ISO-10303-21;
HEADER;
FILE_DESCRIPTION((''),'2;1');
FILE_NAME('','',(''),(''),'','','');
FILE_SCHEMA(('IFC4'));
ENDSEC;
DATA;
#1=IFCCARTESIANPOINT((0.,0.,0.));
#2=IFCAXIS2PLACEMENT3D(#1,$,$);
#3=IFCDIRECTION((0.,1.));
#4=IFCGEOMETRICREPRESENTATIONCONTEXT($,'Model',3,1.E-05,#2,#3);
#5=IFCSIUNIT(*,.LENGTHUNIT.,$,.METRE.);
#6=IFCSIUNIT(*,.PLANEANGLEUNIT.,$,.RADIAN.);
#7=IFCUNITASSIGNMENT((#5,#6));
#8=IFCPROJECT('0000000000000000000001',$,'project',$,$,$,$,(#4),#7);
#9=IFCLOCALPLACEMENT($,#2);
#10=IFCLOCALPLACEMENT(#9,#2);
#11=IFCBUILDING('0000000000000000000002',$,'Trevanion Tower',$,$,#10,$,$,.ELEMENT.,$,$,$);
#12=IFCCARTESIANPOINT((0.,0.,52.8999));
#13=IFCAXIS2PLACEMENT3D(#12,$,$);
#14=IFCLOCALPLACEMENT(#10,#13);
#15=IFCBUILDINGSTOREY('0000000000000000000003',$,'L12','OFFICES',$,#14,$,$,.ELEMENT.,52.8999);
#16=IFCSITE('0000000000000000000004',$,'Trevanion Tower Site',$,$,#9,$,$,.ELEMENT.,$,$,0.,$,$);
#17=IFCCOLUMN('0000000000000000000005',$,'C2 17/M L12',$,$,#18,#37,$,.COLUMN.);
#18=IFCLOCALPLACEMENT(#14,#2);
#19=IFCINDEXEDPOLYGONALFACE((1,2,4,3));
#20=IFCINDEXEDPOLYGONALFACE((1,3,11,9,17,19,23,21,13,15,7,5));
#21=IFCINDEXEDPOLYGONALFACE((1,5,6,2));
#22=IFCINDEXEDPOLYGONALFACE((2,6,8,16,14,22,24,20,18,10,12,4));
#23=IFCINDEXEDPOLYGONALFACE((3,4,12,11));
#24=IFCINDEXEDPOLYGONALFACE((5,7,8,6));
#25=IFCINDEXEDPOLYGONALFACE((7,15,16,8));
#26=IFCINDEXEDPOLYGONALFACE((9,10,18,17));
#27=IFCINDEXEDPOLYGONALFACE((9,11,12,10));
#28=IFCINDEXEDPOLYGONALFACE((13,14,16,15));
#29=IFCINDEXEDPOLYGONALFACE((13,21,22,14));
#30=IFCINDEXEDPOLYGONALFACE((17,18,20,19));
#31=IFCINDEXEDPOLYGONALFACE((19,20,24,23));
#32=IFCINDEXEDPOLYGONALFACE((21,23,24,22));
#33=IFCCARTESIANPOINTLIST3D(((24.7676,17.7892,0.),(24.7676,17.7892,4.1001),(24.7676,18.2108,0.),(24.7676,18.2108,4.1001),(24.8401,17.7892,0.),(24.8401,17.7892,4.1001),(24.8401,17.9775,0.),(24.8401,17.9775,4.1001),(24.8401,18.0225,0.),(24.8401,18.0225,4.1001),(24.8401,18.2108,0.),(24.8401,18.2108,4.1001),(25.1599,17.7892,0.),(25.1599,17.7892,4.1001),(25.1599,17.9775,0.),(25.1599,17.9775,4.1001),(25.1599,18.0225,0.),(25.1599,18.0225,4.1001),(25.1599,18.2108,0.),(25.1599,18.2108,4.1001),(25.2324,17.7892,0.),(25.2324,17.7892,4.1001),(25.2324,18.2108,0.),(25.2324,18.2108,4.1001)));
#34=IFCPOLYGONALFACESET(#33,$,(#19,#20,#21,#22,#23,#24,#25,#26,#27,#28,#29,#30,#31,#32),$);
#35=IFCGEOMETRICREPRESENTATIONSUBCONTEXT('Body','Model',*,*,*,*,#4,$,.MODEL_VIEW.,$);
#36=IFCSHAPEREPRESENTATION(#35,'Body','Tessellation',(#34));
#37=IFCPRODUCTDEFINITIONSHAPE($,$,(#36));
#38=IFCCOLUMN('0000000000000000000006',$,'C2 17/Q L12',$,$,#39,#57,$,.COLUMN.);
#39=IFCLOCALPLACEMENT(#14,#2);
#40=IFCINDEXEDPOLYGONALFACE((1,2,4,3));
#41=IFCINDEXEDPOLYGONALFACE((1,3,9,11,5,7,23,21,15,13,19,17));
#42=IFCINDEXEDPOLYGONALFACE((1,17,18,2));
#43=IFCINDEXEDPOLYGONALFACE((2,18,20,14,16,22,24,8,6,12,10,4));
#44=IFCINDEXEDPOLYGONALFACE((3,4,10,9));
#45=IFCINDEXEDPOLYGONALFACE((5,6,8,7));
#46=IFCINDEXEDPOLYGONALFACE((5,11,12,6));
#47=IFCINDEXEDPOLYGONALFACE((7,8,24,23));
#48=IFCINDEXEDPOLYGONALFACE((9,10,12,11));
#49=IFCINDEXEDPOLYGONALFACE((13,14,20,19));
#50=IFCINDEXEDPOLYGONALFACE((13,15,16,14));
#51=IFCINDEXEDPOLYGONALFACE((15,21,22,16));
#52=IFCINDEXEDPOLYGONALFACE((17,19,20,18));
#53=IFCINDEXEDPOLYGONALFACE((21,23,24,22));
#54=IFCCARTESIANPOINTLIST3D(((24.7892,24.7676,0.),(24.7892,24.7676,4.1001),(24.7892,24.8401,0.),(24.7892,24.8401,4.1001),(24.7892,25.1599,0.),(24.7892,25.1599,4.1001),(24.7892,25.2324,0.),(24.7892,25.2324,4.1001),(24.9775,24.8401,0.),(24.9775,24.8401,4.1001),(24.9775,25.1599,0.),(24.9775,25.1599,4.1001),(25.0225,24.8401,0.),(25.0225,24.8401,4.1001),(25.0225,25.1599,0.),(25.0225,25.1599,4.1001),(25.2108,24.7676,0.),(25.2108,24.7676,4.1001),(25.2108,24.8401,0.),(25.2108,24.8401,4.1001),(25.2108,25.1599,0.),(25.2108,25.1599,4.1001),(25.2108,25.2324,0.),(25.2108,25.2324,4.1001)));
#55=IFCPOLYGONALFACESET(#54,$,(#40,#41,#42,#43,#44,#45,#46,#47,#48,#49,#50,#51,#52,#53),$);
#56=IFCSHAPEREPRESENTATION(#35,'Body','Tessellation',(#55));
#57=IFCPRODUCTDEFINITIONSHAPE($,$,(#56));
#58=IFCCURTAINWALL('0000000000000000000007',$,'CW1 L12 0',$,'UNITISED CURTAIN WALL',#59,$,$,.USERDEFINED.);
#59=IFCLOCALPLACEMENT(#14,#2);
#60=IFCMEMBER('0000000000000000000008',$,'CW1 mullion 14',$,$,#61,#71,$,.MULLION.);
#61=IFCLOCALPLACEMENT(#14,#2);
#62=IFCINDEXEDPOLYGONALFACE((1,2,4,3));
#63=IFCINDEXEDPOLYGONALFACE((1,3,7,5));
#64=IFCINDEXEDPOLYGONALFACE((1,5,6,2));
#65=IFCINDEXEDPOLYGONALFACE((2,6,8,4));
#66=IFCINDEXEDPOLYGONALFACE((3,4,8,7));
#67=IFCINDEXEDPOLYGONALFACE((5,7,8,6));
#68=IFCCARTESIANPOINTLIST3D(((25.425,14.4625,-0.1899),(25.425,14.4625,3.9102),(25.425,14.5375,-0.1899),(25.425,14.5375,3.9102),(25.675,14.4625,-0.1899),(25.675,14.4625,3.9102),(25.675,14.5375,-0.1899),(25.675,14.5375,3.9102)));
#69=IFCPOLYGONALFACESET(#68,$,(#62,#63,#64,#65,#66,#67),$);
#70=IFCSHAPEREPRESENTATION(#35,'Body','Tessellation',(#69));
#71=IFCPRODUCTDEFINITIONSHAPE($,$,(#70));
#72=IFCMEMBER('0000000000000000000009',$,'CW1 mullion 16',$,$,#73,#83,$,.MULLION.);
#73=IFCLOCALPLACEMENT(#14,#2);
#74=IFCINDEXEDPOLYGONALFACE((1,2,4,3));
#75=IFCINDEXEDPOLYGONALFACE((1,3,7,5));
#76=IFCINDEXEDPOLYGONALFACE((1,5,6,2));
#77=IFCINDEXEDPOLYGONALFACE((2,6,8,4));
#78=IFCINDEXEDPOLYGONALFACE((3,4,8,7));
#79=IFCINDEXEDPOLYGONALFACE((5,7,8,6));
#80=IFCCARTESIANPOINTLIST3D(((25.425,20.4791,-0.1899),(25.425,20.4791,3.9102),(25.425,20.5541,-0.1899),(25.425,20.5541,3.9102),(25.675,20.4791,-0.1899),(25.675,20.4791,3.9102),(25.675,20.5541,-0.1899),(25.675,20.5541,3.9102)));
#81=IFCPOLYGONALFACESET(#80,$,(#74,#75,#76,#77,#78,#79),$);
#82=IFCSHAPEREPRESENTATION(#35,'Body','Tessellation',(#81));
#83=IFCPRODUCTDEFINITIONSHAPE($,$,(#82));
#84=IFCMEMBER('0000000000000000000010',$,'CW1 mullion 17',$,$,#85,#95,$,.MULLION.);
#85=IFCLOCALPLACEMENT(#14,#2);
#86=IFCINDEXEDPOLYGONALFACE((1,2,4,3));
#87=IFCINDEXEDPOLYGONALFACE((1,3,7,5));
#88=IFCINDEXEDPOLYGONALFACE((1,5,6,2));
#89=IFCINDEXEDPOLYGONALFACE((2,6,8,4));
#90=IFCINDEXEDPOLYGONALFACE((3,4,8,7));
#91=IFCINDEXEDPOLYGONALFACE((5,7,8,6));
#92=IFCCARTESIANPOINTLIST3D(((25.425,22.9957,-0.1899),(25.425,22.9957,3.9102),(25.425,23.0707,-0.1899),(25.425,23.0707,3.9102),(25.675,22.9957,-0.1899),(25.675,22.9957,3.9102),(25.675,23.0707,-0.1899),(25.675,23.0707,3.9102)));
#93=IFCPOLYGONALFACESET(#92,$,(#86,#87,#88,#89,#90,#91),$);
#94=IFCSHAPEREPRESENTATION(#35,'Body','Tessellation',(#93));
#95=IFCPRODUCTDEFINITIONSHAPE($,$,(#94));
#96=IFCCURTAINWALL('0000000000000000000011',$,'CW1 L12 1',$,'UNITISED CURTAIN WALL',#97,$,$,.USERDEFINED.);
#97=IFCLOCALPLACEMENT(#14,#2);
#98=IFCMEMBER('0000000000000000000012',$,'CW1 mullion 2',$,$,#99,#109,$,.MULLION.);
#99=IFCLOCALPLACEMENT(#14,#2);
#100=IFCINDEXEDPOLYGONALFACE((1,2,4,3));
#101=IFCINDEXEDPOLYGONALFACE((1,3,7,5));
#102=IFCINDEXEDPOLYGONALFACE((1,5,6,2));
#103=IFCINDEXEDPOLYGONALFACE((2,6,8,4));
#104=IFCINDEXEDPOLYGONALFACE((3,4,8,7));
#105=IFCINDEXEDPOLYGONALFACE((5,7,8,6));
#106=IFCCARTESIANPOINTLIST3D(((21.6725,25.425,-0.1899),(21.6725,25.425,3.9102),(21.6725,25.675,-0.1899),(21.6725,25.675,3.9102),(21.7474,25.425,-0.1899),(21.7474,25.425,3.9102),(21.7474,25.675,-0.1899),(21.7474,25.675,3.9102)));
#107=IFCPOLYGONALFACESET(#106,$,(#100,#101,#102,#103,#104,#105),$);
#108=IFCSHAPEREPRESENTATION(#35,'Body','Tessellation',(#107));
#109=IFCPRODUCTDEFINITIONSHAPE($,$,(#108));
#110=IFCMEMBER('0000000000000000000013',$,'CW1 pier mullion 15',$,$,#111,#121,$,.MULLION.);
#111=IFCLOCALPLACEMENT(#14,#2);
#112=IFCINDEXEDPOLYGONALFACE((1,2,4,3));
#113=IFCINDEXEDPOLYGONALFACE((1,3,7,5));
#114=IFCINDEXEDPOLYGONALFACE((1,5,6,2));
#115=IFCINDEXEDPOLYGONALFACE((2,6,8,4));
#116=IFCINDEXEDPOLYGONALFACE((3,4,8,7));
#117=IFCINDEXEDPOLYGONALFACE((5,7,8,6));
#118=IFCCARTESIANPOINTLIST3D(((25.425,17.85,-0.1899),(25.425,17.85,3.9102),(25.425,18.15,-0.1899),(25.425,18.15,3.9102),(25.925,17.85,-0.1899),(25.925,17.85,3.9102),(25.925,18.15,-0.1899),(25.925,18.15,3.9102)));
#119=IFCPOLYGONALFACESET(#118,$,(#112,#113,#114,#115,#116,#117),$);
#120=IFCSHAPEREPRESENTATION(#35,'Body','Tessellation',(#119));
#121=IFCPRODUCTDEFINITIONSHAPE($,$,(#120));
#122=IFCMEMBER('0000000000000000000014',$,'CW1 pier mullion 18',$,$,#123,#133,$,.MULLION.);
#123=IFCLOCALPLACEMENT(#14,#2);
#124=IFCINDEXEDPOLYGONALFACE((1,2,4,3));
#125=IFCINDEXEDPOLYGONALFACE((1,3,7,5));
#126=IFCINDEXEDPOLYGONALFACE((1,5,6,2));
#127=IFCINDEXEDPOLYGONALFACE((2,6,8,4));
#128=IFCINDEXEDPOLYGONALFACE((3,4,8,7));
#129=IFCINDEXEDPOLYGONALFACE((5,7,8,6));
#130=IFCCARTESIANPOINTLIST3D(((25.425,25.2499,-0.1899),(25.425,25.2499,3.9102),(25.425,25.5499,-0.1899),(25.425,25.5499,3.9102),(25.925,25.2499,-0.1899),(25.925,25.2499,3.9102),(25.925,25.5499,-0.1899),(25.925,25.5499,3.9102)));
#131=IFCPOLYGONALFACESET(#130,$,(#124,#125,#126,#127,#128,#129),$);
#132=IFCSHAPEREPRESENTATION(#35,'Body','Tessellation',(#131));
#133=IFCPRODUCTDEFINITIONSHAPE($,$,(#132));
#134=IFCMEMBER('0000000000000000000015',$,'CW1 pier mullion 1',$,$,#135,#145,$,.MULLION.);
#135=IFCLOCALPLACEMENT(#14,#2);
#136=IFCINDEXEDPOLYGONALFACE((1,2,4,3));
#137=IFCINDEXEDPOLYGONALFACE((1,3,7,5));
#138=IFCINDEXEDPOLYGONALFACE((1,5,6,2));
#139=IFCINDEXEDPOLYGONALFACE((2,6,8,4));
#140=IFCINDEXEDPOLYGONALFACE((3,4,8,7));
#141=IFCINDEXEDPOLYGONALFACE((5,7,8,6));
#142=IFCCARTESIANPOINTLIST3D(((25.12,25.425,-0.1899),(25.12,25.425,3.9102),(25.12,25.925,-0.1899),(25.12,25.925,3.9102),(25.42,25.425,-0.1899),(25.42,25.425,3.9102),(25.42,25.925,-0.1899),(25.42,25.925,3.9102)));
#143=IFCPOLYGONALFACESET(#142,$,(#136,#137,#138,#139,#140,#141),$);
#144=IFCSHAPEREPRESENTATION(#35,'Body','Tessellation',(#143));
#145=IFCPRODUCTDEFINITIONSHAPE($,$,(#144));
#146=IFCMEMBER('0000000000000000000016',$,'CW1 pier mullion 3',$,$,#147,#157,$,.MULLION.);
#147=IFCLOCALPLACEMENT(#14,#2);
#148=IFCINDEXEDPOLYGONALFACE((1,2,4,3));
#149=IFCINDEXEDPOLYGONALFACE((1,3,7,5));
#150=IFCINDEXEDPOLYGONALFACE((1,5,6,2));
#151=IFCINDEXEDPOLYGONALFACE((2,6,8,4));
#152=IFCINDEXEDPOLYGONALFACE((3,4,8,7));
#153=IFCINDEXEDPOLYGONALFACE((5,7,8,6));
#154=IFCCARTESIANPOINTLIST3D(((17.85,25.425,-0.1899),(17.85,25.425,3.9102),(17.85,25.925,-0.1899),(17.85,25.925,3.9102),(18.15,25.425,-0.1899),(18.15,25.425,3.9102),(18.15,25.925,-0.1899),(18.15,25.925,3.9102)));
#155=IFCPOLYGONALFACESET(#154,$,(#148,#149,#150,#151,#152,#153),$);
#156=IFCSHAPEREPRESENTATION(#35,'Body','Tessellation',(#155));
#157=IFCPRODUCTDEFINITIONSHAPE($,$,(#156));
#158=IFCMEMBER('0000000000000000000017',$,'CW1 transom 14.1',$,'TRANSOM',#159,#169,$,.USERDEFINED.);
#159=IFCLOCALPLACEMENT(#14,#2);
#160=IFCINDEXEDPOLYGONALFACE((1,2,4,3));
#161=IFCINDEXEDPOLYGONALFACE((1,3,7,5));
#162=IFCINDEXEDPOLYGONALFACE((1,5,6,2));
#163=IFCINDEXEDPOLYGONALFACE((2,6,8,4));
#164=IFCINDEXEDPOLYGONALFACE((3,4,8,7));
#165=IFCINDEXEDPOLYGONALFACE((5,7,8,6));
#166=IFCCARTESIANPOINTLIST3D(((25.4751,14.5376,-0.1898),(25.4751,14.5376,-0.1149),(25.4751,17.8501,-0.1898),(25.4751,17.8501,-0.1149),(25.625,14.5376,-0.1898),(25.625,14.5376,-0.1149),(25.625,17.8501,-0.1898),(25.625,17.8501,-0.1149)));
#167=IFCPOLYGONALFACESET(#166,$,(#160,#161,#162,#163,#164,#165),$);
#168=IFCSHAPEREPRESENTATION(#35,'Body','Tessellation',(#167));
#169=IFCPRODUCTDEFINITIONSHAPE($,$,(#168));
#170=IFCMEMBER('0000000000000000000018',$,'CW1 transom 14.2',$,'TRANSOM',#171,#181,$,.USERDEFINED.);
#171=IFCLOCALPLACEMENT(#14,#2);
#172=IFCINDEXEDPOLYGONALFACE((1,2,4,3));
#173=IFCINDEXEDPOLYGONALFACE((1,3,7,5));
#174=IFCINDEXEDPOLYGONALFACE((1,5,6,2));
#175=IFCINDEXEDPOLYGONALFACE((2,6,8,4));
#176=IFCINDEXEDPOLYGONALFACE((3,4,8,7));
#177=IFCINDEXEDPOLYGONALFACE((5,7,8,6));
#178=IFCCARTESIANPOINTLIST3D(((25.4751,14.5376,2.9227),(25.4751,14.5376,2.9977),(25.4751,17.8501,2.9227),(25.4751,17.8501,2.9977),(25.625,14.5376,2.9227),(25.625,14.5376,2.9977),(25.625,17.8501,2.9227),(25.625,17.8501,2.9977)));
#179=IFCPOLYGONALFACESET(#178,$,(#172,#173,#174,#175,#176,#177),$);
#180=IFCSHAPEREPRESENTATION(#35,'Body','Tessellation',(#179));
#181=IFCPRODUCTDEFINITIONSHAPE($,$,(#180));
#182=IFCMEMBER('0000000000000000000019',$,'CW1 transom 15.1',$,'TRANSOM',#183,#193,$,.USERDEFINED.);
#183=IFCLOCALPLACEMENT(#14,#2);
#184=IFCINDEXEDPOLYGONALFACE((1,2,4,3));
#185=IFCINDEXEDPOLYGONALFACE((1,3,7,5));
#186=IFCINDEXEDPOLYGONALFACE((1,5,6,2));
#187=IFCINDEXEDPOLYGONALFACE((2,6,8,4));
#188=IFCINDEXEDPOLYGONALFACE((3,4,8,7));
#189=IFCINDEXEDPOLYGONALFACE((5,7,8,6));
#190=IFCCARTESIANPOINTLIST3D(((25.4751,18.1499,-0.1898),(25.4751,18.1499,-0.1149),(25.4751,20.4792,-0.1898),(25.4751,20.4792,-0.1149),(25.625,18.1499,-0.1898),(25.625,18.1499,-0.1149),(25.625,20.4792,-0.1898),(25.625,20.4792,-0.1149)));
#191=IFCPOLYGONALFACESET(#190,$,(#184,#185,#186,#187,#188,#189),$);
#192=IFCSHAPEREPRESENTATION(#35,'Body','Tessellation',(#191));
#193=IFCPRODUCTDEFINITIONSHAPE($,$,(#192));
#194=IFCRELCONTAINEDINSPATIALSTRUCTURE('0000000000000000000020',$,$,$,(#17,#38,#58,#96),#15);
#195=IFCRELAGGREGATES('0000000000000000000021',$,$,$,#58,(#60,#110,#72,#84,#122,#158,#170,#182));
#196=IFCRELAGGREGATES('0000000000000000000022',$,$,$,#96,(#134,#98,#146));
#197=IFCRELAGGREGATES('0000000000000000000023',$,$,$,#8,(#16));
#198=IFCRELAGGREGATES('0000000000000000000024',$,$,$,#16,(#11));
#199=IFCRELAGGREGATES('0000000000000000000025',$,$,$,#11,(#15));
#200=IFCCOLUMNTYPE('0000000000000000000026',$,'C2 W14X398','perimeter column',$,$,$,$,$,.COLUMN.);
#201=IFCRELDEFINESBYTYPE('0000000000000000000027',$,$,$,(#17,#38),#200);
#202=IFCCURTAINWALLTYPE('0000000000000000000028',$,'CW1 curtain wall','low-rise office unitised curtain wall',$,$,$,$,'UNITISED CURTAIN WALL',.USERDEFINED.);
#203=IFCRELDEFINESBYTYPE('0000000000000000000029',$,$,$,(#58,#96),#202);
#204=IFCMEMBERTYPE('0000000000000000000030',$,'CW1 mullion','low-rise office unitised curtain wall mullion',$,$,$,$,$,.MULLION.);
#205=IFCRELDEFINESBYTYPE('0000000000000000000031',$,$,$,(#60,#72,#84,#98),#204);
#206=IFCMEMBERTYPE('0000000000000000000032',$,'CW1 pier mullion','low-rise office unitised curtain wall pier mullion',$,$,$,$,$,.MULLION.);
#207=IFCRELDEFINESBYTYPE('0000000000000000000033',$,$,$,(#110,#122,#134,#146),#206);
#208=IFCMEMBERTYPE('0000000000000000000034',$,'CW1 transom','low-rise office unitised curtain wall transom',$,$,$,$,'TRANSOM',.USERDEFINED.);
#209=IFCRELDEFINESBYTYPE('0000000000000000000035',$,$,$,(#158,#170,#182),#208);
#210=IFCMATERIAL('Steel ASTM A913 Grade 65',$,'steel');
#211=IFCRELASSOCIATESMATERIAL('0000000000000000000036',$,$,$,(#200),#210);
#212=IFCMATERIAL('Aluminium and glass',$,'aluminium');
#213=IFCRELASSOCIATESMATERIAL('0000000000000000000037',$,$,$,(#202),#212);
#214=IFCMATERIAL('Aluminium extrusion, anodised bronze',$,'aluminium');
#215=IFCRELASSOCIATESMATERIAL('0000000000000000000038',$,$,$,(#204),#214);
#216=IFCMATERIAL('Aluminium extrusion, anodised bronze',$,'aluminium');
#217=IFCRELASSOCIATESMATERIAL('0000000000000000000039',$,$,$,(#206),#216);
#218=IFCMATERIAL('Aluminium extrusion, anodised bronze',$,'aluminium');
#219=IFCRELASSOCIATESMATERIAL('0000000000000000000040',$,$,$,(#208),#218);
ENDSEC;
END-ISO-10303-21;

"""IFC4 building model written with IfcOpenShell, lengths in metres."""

from ifc_helpers import new_model, si_unit, direction, frame, origin, origin_2d, place, context, subcontext, project, spatial, rectangle, i_section, extrude, material, material_profile, profile_set, type_object, element, aggregate, save


model = new_model("IFC4")

# Units and contexts
model_context = context("Model", 3, precision=1e-05, world=origin(), true_north=direction((0.0, 1.0)))
body_context = subcontext(model_context, "Body", "Model", "MODEL_VIEW")
ifc_project = project(units=[si_unit("LENGTHUNIT", "METRE"), si_unit("PLANEANGLEUNIT", "RADIAN")], contexts=[model_context])

# Site, building, storey
site_placement = place(None, origin())
site = spatial("IfcSite", under=ifc_project, at=site_placement, Name="Trevanion Tower Site", CompositionType="ELEMENT", RefElevation=0.0)
building_placement = place(site_placement, origin())
building = spatial("IfcBuilding", under=site, at=building_placement, Name="Trevanion Tower", CompositionType="ELEMENT")
storey_placement = place(building_placement, frame((0.0, 0.0, 52.8999)))
storey = spatial("IfcBuildingStorey", under=building, at=storey_placement, Name="L12", Description="OFFICES", CompositionType="ELEMENT", Elevation=52.8999)

# Columns
ifc_material_1 = material(Name="Steel ASTM A913 Grade 65", Category="steel")
ifc_material_profile_1 = material_profile(ifc_material_1, i_section(OverallWidth=0.4216, OverallDepth=0.4648, WebThickness=0.0449, FlangeThickness=0.0725, at=origin_2d()), Name="W14X398")
ifc_profile_set_1 = profile_set([ifc_material_profile_1], Name="Steel ASTM A913 Grade 65")
column_type = type_object("IfcColumnType", Name="C2 W14X398", Description="perimeter column", PredefinedType="COLUMN", material=ifc_profile_set_1)
for number, where, z_axis, x_axis, name in (
    (1, (25.0, 18.0, 0.0), (0.0, 0.0, 1.0), (0.0, 1.0, 0.0), "C2 17/M L12"),
    (2, (25.0, 25.0, 0.0), (0.0, 0.0, 1.0), (1.0, 0.0, 0.0), "C2 17/Q L12"),
):
    element("IfcColumn", number, at=place(storey_placement, frame(where, z_axis=z_axis, x_axis=x_axis)), inside=storey, type_object=column_type, Name=name, PredefinedType="COLUMN", context=body_context, shape_type="SweptSolid", body=[
        extrude(i_section(OverallWidth=0.4216, OverallDepth=0.4648, WebThickness=0.0449, FlangeThickness=0.0725, at=origin_2d()), origin(), (0.0, 0.0, 1.0), 4.1001),
    ])

# Curtain wall, members
ifc_material_2 = material(Name="Aluminium and glass", Category="aluminium")
curtain_wall_type = type_object("IfcCurtainWallType", Name="CW1 curtain wall", Description="low-rise office unitised curtain wall", ElementType="UNITISED CURTAIN WALL", PredefinedType="USERDEFINED", material=ifc_material_2)
curtain_wall_1_placement = place(storey_placement, origin())
curtain_wall_1 = element("IfcCurtainWall", 3, at=curtain_wall_1_placement, inside=storey, type_object=curtain_wall_type, Name="CW1 L12 0", ObjectType="UNITISED CURTAIN WALL", PredefinedType="USERDEFINED")
ifc_material_3 = material(Name="Aluminium extrusion, anodised bronze", Category="aluminium")
ifc_material_profile_2 = material_profile(ifc_material_3, rectangle(XDim=0.075, YDim=0.25, at=origin_2d()), Name="CW1 mullion")
ifc_profile_set_2 = profile_set([ifc_material_profile_2], Name="Aluminium extrusion, anodised bronze")
member_type_1 = type_object("IfcMemberType", Name="CW1 mullion", Description="low-rise office unitised curtain wall mullion", PredefinedType="MULLION", material=ifc_profile_set_2)
member_1_placement = place(storey_placement, frame((25.55, 14.5, -0.1899), z_axis=(0.0, 0.0, 1.0), x_axis=(0.0, 1.0, 0.0)))
member_1 = element("IfcMember", 4, at=member_1_placement, type_object=member_type_1, Name="CW1 mullion 14", PredefinedType="MULLION", context=body_context, shape_type="SweptSolid", body=[
    extrude(rectangle(XDim=0.075, YDim=0.25, at=origin_2d()), origin(), (0.0, 0.0, 1.0), 4.1001),
])
member_2_placement = place(storey_placement, frame((25.55, 20.5166, -0.1899), z_axis=(0.0, 0.0, 1.0), x_axis=(0.0, 1.0, 0.0)))
member_2 = element("IfcMember", 5, at=member_2_placement, type_object=member_type_1, Name="CW1 mullion 16", PredefinedType="MULLION", context=body_context, shape_type="SweptSolid", body=[
    extrude(rectangle(XDim=0.075, YDim=0.25, at=origin_2d()), origin(), (0.0, 0.0, 1.0), 4.1001),
])
member_3_placement = place(storey_placement, frame((25.55, 23.0332, -0.1899), z_axis=(0.0, 0.0, 1.0), x_axis=(0.0, 1.0, 0.0)))
member_3 = element("IfcMember", 6, at=member_3_placement, type_object=member_type_1, Name="CW1 mullion 17", PredefinedType="MULLION", context=body_context, shape_type="SweptSolid", body=[
    extrude(rectangle(XDim=0.075, YDim=0.25, at=origin_2d()), origin(), (0.0, 0.0, 1.0), 4.1001),
])

# Curtain wall, member
curtain_wall_2_placement = place(storey_placement, origin())
curtain_wall_2 = element("IfcCurtainWall", 7, at=curtain_wall_2_placement, inside=storey, type_object=curtain_wall_type, Name="CW1 L12 1", ObjectType="UNITISED CURTAIN WALL", PredefinedType="USERDEFINED")
member_4_placement = place(storey_placement, frame((21.71, 25.55, -0.1899), z_axis=(0.0, 0.0, 1.0), x_axis=(-1.0, 0.0, 0.0)))
member_4 = element("IfcMember", 8, at=member_4_placement, type_object=member_type_1, Name="CW1 mullion 2", PredefinedType="MULLION", context=body_context, shape_type="SweptSolid", body=[
    extrude(rectangle(XDim=0.075, YDim=0.25, at=origin_2d()), origin(), (0.0, 0.0, 1.0), 4.1001),
])

# Members
ifc_material_4 = material(Name="Aluminium extrusion, anodised bronze", Category="aluminium")
ifc_material_profile_3 = material_profile(ifc_material_4, rectangle(XDim=0.3, YDim=0.5, at=origin_2d()), Name="CW1 pier mullion")
ifc_profile_set_3 = profile_set([ifc_material_profile_3], Name="Aluminium extrusion, anodised bronze")
member_type_2 = type_object("IfcMemberType", Name="CW1 pier mullion", Description="low-rise office unitised curtain wall pier mullion", PredefinedType="MULLION", material=ifc_profile_set_3)
member_5_placement = place(storey_placement, frame((25.675, 18.0, -0.1899), z_axis=(0.0, 0.0, 1.0), x_axis=(0.0, 1.0, 0.0)))
member_5 = element("IfcMember", 9, at=member_5_placement, type_object=member_type_2, Name="CW1 pier mullion 15", PredefinedType="MULLION", context=body_context, shape_type="SweptSolid", body=[
    extrude(rectangle(XDim=0.3, YDim=0.5, at=origin_2d()), origin(), (0.0, 0.0, 1.0), 4.1001),
])
member_6_placement = place(storey_placement, frame((25.675, 25.3999, -0.1899), z_axis=(0.0, 0.0, 1.0), x_axis=(0.0, 1.0, 0.0)))
member_6 = element("IfcMember", 10, at=member_6_placement, type_object=member_type_2, Name="CW1 pier mullion 18", PredefinedType="MULLION", context=body_context, shape_type="SweptSolid", body=[
    extrude(rectangle(XDim=0.3, YDim=0.5, at=origin_2d()), origin(), (0.0, 0.0, 1.0), 4.1001),
])
member_7_placement = place(storey_placement, frame((25.27, 25.675, -0.1899), z_axis=(0.0, 0.0, 1.0), x_axis=(-1.0, 0.0, 0.0)))
member_7 = element("IfcMember", 11, at=member_7_placement, type_object=member_type_2, Name="CW1 pier mullion 1", PredefinedType="MULLION", context=body_context, shape_type="SweptSolid", body=[
    extrude(rectangle(XDim=0.3, YDim=0.5, at=origin_2d()), origin(), (0.0, 0.0, 1.0), 4.1001),
])
member_8_placement = place(storey_placement, frame((18.0, 25.675, -0.1899), z_axis=(0.0, 0.0, 1.0), x_axis=(-1.0, 0.0, 0.0)))
member_8 = element("IfcMember", 12, at=member_8_placement, type_object=member_type_2, Name="CW1 pier mullion 3", PredefinedType="MULLION", context=body_context, shape_type="SweptSolid", body=[
    extrude(rectangle(XDim=0.3, YDim=0.5, at=origin_2d()), origin(), (0.0, 0.0, 1.0), 4.1001),
])
ifc_material_5 = material(Name="Aluminium extrusion, anodised bronze", Category="aluminium")
ifc_material_profile_4 = material_profile(ifc_material_5, rectangle(XDim=0.1499, YDim=0.075, at=origin_2d()), Name="CW1 transom")
ifc_profile_set_4 = profile_set([ifc_material_profile_4], Name="Aluminium extrusion, anodised bronze")
member_type_3 = type_object("IfcMemberType", Name="CW1 transom", Description="low-rise office unitised curtain wall transom", ElementType="TRANSOM", PredefinedType="USERDEFINED", material=ifc_profile_set_4)
member_9_placement = place(storey_placement, frame((25.55, 14.5376, -0.1523), z_axis=(0.0, 1.0, 0.0), x_axis=(-1.0, 0.0, 0.0)))
member_9 = element("IfcMember", 13, at=member_9_placement, type_object=member_type_3, Name="CW1 transom 14.1", ObjectType="TRANSOM", PredefinedType="USERDEFINED", context=body_context, shape_type="SweptSolid", body=[
    extrude(rectangle(XDim=0.1499, YDim=0.075, at=origin_2d()), origin(), (0.0, 0.0, 1.0), 3.3125),
])
member_10_placement = place(storey_placement, frame((25.55, 14.5376, 2.9602), z_axis=(0.0, 1.0, 0.0), x_axis=(-1.0, 0.0, 0.0)))
member_10 = element("IfcMember", 14, at=member_10_placement, type_object=member_type_3, Name="CW1 transom 14.2", ObjectType="TRANSOM", PredefinedType="USERDEFINED", context=body_context, shape_type="SweptSolid", body=[
    extrude(rectangle(XDim=0.1499, YDim=0.075, at=origin_2d()), origin(), (0.0, 0.0, 1.0), 3.3125),
])
member_11_placement = place(storey_placement, frame((25.55, 18.1499, -0.1523), z_axis=(0.0, 1.0, 0.0), x_axis=(-1.0, 0.0, 0.0)))
member_11 = element("IfcMember", 15, at=member_11_placement, type_object=member_type_3, Name="CW1 transom 15.1", ObjectType="TRANSOM", PredefinedType="USERDEFINED", context=body_context, shape_type="SweptSolid", body=[
    extrude(rectangle(XDim=0.1499, YDim=0.075, at=origin_2d()), origin(), (0.0, 0.0, 1.0), 2.3293),
])

aggregate(curtain_wall_1, [member_1, member_5, member_2, member_3, member_6, member_9, member_10, member_11])
aggregate(curtain_wall_2, [member_7, member_4, member_8])

save(model, "model.ifc")
